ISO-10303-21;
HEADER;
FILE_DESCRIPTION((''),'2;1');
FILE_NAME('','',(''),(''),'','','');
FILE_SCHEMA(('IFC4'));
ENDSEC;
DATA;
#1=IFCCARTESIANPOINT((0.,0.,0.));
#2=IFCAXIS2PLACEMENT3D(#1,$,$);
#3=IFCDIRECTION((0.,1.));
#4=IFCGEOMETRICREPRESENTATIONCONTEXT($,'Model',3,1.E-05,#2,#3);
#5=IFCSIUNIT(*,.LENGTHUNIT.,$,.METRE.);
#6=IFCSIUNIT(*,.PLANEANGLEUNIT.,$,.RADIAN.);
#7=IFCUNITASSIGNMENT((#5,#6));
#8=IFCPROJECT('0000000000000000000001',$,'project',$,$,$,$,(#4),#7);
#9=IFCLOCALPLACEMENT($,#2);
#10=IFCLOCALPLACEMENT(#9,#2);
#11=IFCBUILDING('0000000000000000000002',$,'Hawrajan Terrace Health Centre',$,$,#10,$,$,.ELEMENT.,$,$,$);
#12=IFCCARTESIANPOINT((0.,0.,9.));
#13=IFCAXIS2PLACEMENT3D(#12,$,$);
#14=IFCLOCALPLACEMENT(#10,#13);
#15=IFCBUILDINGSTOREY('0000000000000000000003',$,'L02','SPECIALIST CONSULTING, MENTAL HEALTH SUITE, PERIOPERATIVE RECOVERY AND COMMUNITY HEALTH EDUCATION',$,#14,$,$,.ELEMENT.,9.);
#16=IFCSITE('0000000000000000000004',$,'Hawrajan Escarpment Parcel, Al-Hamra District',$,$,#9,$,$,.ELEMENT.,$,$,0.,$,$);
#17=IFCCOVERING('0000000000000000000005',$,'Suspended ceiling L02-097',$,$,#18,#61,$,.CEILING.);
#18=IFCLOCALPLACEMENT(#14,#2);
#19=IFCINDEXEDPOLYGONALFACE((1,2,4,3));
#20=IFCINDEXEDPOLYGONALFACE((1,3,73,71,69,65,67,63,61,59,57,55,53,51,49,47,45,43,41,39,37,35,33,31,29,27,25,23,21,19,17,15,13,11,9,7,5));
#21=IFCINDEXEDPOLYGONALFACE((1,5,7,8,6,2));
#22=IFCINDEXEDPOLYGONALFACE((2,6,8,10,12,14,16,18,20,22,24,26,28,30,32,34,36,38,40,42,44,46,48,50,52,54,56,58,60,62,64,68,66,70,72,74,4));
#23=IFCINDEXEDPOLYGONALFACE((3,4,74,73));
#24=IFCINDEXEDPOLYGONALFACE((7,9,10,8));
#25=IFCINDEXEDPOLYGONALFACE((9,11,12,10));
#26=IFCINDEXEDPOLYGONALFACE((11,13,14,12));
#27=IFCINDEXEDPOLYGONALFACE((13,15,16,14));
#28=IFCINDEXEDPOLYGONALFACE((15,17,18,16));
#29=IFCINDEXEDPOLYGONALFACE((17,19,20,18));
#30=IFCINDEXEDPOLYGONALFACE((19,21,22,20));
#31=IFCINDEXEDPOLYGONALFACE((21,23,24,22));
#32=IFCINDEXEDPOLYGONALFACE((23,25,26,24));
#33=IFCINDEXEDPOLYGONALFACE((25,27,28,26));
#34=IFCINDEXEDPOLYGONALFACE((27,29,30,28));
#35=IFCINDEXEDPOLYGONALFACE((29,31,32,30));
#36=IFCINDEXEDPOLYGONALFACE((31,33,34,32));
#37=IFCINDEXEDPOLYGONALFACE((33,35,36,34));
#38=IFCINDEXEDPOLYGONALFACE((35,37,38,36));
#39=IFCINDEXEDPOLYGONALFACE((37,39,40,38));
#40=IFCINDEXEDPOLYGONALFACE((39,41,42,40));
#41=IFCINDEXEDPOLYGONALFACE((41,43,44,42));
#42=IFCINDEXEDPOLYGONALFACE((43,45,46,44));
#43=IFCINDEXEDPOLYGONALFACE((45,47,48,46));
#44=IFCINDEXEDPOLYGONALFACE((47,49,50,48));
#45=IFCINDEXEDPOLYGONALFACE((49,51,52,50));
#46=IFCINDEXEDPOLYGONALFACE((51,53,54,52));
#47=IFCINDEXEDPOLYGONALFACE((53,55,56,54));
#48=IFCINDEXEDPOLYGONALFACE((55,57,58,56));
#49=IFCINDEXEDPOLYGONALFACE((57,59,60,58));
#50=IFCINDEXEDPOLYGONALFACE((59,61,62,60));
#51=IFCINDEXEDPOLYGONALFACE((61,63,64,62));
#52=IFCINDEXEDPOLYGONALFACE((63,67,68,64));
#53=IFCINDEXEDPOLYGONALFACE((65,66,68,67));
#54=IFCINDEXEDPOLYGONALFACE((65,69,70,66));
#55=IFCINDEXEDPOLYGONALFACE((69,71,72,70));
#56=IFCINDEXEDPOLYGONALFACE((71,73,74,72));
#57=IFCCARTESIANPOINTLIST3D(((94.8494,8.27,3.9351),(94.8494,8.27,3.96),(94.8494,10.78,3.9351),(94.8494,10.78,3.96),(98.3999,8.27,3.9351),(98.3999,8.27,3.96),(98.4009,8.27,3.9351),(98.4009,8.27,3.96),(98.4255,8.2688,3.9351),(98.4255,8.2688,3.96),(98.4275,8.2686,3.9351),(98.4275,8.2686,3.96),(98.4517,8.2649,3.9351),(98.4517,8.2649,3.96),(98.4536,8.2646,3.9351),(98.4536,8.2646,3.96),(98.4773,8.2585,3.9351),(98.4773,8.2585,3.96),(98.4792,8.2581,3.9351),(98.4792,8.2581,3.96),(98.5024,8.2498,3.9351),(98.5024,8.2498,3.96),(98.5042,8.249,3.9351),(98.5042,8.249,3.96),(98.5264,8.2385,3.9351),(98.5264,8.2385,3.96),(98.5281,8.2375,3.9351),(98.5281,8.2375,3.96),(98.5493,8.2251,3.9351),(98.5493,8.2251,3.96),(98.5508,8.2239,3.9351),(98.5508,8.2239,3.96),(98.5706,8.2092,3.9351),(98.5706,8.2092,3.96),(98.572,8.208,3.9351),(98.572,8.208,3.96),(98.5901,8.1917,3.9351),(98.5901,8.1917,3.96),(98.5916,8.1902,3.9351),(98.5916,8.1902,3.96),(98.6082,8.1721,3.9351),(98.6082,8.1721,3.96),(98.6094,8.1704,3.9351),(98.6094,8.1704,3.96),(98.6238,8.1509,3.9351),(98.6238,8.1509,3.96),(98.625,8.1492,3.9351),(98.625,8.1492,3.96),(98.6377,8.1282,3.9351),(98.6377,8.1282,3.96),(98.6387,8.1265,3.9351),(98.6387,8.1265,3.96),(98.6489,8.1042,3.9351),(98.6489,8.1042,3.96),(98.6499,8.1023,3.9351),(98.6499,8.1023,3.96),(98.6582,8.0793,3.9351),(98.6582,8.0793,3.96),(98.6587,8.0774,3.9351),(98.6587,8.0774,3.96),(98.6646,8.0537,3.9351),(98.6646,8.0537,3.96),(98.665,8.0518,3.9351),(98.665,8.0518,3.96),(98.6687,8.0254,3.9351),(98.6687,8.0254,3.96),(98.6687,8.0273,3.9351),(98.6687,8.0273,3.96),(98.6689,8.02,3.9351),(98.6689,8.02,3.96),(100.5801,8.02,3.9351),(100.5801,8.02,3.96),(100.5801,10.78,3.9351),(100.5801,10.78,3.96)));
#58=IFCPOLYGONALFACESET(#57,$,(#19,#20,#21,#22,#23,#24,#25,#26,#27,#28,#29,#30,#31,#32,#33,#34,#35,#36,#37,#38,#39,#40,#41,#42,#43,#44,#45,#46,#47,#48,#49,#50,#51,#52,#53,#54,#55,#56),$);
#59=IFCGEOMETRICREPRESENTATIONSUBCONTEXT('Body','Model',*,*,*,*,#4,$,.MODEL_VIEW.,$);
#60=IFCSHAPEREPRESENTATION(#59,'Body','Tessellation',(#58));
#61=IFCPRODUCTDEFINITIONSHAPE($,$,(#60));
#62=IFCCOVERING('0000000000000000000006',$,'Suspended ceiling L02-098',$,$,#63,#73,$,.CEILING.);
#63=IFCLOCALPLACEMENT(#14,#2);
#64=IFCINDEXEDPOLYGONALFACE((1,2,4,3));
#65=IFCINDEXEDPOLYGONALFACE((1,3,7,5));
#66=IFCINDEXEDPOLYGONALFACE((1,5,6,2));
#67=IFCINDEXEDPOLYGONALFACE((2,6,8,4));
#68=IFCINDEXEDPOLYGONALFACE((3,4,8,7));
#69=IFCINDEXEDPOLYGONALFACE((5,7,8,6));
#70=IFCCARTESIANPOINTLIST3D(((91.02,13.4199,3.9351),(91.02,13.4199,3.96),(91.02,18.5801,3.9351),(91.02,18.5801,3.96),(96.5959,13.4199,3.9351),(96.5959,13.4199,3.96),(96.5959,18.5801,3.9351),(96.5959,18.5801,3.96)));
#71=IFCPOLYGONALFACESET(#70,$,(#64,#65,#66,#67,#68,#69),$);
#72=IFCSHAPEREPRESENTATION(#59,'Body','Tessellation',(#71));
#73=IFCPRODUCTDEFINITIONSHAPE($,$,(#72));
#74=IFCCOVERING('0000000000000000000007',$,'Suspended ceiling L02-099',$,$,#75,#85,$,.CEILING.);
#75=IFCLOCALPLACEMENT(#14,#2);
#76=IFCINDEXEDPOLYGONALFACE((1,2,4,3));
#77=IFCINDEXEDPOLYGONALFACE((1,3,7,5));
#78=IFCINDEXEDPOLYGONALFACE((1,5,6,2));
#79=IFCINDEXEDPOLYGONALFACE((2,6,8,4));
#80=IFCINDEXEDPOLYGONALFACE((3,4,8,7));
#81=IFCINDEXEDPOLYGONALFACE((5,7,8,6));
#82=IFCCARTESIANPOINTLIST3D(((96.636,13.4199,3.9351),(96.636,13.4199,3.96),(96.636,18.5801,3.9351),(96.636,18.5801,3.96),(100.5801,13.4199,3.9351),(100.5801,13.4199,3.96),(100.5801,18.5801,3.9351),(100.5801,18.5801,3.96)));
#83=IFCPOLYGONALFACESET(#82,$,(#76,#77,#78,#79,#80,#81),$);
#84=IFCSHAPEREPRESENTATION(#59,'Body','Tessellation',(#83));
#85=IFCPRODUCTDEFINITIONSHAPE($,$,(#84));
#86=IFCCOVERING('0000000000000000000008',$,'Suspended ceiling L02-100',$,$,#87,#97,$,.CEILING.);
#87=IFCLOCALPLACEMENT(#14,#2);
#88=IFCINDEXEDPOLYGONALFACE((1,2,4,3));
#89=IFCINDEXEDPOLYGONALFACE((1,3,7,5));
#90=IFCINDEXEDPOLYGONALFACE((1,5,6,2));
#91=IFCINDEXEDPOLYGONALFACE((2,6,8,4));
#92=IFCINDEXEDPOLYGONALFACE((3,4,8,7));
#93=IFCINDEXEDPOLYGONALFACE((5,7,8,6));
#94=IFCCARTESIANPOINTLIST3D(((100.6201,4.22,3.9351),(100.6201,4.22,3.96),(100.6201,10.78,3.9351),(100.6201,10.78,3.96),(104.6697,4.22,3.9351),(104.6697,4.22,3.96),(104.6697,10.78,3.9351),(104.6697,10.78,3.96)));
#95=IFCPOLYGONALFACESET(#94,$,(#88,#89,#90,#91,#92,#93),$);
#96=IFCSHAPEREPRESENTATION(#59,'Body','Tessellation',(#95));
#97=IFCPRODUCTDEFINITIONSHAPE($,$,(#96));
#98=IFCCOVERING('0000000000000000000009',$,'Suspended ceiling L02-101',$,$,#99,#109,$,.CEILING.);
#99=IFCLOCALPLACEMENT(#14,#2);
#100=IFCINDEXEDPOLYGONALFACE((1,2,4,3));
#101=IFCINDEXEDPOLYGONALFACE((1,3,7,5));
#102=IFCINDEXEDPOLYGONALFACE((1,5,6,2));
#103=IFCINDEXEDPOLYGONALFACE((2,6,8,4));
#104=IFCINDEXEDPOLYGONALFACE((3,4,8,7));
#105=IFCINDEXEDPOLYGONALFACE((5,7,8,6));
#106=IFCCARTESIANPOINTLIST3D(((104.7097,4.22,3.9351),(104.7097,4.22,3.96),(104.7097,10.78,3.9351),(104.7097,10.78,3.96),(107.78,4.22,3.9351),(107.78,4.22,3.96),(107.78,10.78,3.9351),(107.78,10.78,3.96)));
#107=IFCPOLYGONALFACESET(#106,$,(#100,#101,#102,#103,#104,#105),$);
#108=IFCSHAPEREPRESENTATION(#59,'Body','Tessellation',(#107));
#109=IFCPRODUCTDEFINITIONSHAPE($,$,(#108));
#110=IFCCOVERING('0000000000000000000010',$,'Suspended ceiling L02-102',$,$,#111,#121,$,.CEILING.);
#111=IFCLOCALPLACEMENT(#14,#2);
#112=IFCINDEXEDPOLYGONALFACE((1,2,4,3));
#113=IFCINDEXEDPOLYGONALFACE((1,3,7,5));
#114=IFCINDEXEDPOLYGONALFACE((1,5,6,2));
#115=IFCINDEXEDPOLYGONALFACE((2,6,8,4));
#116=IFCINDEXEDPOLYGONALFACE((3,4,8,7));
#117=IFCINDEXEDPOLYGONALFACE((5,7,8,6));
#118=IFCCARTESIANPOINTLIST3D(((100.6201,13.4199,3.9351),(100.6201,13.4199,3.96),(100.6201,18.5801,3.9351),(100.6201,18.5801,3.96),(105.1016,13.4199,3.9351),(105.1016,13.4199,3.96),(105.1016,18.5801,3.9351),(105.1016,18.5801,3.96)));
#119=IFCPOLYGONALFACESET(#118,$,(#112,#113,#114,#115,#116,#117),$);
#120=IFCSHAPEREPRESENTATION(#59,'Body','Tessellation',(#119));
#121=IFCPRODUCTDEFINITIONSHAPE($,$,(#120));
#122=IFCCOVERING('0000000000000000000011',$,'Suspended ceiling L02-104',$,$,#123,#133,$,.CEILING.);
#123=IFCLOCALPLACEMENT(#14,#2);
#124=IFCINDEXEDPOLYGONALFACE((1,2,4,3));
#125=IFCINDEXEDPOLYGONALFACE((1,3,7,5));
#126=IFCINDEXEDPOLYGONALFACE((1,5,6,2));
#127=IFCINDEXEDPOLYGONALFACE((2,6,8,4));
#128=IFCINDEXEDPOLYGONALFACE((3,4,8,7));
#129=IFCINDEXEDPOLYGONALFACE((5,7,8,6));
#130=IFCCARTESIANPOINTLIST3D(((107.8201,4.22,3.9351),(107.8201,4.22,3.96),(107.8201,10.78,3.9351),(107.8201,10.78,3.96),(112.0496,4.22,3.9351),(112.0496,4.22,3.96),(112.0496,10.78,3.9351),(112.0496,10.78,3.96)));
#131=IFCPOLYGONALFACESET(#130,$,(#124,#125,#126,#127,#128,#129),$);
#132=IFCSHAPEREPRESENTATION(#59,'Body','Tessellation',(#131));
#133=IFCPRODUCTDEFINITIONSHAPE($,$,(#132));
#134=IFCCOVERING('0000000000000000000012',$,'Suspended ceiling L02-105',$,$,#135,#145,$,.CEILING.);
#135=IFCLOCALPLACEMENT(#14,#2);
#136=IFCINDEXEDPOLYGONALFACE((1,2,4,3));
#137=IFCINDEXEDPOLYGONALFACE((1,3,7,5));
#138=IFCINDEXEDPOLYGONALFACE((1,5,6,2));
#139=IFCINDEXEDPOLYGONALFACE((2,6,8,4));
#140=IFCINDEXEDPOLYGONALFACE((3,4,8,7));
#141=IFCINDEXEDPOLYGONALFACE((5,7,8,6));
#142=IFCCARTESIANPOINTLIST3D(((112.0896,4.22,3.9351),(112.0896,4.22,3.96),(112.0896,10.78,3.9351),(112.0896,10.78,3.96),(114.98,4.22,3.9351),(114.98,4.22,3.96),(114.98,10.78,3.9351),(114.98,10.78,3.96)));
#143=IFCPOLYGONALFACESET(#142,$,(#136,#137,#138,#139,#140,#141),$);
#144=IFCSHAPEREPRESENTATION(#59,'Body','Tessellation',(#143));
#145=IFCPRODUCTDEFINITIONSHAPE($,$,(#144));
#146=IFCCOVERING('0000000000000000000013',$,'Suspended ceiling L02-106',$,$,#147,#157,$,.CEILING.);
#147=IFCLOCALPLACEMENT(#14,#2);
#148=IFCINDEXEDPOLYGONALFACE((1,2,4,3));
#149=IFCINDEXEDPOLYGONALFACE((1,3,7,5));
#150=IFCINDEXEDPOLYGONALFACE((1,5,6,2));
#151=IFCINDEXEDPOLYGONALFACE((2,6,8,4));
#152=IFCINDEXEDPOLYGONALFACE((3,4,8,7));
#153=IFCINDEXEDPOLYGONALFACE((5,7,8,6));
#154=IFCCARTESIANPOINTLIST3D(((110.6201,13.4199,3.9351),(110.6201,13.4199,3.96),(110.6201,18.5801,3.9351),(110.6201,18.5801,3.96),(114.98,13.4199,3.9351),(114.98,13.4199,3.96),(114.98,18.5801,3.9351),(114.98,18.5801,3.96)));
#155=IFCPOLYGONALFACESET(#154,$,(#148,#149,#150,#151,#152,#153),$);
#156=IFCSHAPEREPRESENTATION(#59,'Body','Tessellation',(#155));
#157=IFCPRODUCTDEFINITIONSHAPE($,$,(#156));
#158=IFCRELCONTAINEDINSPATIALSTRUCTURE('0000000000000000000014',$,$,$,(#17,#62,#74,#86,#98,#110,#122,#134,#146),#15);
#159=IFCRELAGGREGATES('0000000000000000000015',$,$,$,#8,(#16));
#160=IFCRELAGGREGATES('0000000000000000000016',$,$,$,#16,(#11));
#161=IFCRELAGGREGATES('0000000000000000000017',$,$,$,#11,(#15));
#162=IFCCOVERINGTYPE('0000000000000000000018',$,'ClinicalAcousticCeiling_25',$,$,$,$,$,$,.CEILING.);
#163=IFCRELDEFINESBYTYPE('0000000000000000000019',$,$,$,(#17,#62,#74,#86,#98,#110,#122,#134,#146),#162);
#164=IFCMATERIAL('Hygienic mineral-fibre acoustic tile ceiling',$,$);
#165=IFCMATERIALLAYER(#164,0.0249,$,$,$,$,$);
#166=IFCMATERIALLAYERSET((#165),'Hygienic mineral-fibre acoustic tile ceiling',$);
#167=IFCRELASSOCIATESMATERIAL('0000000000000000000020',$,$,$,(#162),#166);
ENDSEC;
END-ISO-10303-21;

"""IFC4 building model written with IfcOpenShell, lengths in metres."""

from ifc_helpers import new_model, si_unit, direction, frame, origin, place, context, subcontext, project, spatial, polyline, outline, extrude, material, layer, layer_set, type_object, element, save


model = new_model("IFC4")

# Units and contexts
model_context = context("Model", 3, precision=1e-05, world=origin(), true_north=direction((0.0, 1.0)))
body_context = subcontext(model_context, "Body", "Model", "MODEL_VIEW")
ifc_project = project(units=[si_unit("LENGTHUNIT", "METRE"), si_unit("PLANEANGLEUNIT", "RADIAN")], contexts=[model_context])

# Site, building, storey
site_placement = place(None, origin())
site = spatial("IfcSite", under=ifc_project, at=site_placement, Name="Hawrajan Escarpment Parcel, Al-Hamra District", CompositionType="ELEMENT", RefElevation=0.0)
building_placement = place(site_placement, origin())
building = spatial("IfcBuilding", under=site, at=building_placement, Name="Hawrajan Terrace Health Centre", CompositionType="ELEMENT")
storey_placement = place(building_placement, frame((0.0, 0.0, 9.0)))
storey = spatial("IfcBuildingStorey", under=building, at=storey_placement, Name="L02", Description="SPECIALIST CONSULTING, MENTAL HEALTH SUITE, PERIOPERATIVE RECOVERY AND COMMUNITY HEALTH EDUCATION", CompositionType="ELEMENT", Elevation=9.0)

# Coverings
ifc_material = material(Name="Hygienic mineral-fibre acoustic tile ceiling")
ifc_layer = layer(ifc_material, 0.0249)
ifc_layer_set = layer_set([ifc_layer], Name="Hygienic mineral-fibre acoustic tile ceiling")
covering_type = type_object("IfcCoveringType", Name="ClinicalAcousticCeiling_25", PredefinedType="CEILING", material=ifc_layer_set)
covering_1_placement = place(storey_placement, frame((0.0, 0.0, 3.9351)))
element("IfcCovering", 1, at=covering_1_placement, inside=storey, type_object=covering_type, Name="Suspended ceiling L02-097", PredefinedType="CEILING", context=body_context, shape_type="SweptSolid", body=[
    extrude(outline(polyline([(94.8494, 10.78), (100.5801, 10.78), (100.5801, 8.02), (98.6689, 8.02), (98.6687, 8.0254), (98.6687, 8.0273), (98.665, 8.0518), (98.6646, 8.0537), (98.6587, 8.0774), (98.6582, 8.0793), (98.6499, 8.1023), (98.6489, 8.1042), (98.6387, 8.1265), (98.6377, 8.1282), (98.625, 8.1492), (98.6238, 8.1509), (98.6094, 8.1704), (98.6082, 8.1721), (98.5916, 8.1902), (98.5901, 8.1917), (98.572, 8.208), (98.5706, 8.2092), (98.5508, 8.2239), (98.5493, 8.2251), (98.5281, 8.2375), (98.5264, 8.2385), (98.5042, 8.249), (98.5024, 8.2498), (98.4792, 8.2581), (98.4773, 8.2585), (98.4536, 8.2646), (98.4517, 8.2649), (98.4275, 8.2686), (98.4255, 8.2688), (98.4009, 8.27), (98.3999, 8.27), (94.8494, 8.27), (94.8494, 10.78)])), origin(), (0.0, 0.0, 1.0), 0.0249),
])
covering_2_placement = place(storey_placement, frame((0.0, 0.0, 3.9351)))
element("IfcCovering", 2, at=covering_2_placement, inside=storey, type_object=covering_type, Name="Suspended ceiling L02-098", PredefinedType="CEILING", context=body_context, shape_type="SweptSolid", body=[
    extrude(outline(polyline([(91.02, 18.5801), (96.5959, 18.5801), (96.5959, 13.4199), (91.02, 13.4199), (91.02, 18.5801)])), origin(), (0.0, 0.0, 1.0), 0.0249),
])
covering_3_placement = place(storey_placement, frame((0.0, 0.0, 3.9351)))
element("IfcCovering", 3, at=covering_3_placement, inside=storey, type_object=covering_type, Name="Suspended ceiling L02-099", PredefinedType="CEILING", context=body_context, shape_type="SweptSolid", body=[
    extrude(outline(polyline([(96.636, 18.5801), (100.5801, 18.5801), (100.5801, 13.4199), (96.636, 13.4199), (96.636, 18.5801)])), origin(), (0.0, 0.0, 1.0), 0.0249),
])
covering_4_placement = place(storey_placement, frame((0.0, 0.0, 3.9351)))
element("IfcCovering", 4, at=covering_4_placement, inside=storey, type_object=covering_type, Name="Suspended ceiling L02-100", PredefinedType="CEILING", context=body_context, shape_type="SweptSolid", body=[
    extrude(outline(polyline([(100.6201, 10.78), (104.6697, 10.78), (104.6697, 4.22), (100.6201, 4.22), (100.6201, 10.78)])), origin(), (0.0, 0.0, 1.0), 0.0249),
])
covering_5_placement = place(storey_placement, frame((0.0, 0.0, 3.9351)))
element("IfcCovering", 5, at=covering_5_placement, inside=storey, type_object=covering_type, Name="Suspended ceiling L02-101", PredefinedType="CEILING", context=body_context, shape_type="SweptSolid", body=[
    extrude(outline(polyline([(104.7097, 10.78), (107.78, 10.78), (107.78, 4.22), (104.7097, 4.22), (104.7097, 10.78)])), origin(), (0.0, 0.0, 1.0), 0.0249),
])
covering_6_placement = place(storey_placement, frame((0.0, 0.0, 3.9351)))
element("IfcCovering", 6, at=covering_6_placement, inside=storey, type_object=covering_type, Name="Suspended ceiling L02-102", PredefinedType="CEILING", context=body_context, shape_type="SweptSolid", body=[
    extrude(outline(polyline([(100.6201, 18.5801), (105.1016, 18.5801), (105.1016, 13.4199), (100.6201, 13.4199), (100.6201, 18.5801)])), origin(), (0.0, 0.0, 1.0), 0.0249),
])
covering_7_placement = place(storey_placement, frame((0.0, 0.0, 3.9351)))
element("IfcCovering", 7, at=covering_7_placement, inside=storey, type_object=covering_type, Name="Suspended ceiling L02-104", PredefinedType="CEILING", context=body_context, shape_type="SweptSolid", body=[
    extrude(outline(polyline([(107.8201, 10.78), (112.0496, 10.78), (112.0496, 4.22), (107.8201, 4.22), (107.8201, 10.78)])), origin(), (0.0, 0.0, 1.0), 0.0249),
])
covering_8_placement = place(storey_placement, frame((0.0, 0.0, 3.9351)))
element("IfcCovering", 8, at=covering_8_placement, inside=storey, type_object=covering_type, Name="Suspended ceiling L02-105", PredefinedType="CEILING", context=body_context, shape_type="SweptSolid", body=[
    extrude(outline(polyline([(112.0896, 10.78), (114.98, 10.78), (114.98, 4.22), (112.0896, 4.22), (112.0896, 10.78)])), origin(), (0.0, 0.0, 1.0), 0.0249),
])
covering_9_placement = place(storey_placement, frame((0.0, 0.0, 3.9351)))
element("IfcCovering", 9, at=covering_9_placement, inside=storey, type_object=covering_type, Name="Suspended ceiling L02-106", PredefinedType="CEILING", context=body_context, shape_type="SweptSolid", body=[
    extrude(outline(polyline([(110.6201, 18.5801), (114.98, 18.5801), (114.98, 13.4199), (110.6201, 13.4199), (110.6201, 18.5801)])), origin(), (0.0, 0.0, 1.0), 0.0249),
])

save(model, "model.ifc")
